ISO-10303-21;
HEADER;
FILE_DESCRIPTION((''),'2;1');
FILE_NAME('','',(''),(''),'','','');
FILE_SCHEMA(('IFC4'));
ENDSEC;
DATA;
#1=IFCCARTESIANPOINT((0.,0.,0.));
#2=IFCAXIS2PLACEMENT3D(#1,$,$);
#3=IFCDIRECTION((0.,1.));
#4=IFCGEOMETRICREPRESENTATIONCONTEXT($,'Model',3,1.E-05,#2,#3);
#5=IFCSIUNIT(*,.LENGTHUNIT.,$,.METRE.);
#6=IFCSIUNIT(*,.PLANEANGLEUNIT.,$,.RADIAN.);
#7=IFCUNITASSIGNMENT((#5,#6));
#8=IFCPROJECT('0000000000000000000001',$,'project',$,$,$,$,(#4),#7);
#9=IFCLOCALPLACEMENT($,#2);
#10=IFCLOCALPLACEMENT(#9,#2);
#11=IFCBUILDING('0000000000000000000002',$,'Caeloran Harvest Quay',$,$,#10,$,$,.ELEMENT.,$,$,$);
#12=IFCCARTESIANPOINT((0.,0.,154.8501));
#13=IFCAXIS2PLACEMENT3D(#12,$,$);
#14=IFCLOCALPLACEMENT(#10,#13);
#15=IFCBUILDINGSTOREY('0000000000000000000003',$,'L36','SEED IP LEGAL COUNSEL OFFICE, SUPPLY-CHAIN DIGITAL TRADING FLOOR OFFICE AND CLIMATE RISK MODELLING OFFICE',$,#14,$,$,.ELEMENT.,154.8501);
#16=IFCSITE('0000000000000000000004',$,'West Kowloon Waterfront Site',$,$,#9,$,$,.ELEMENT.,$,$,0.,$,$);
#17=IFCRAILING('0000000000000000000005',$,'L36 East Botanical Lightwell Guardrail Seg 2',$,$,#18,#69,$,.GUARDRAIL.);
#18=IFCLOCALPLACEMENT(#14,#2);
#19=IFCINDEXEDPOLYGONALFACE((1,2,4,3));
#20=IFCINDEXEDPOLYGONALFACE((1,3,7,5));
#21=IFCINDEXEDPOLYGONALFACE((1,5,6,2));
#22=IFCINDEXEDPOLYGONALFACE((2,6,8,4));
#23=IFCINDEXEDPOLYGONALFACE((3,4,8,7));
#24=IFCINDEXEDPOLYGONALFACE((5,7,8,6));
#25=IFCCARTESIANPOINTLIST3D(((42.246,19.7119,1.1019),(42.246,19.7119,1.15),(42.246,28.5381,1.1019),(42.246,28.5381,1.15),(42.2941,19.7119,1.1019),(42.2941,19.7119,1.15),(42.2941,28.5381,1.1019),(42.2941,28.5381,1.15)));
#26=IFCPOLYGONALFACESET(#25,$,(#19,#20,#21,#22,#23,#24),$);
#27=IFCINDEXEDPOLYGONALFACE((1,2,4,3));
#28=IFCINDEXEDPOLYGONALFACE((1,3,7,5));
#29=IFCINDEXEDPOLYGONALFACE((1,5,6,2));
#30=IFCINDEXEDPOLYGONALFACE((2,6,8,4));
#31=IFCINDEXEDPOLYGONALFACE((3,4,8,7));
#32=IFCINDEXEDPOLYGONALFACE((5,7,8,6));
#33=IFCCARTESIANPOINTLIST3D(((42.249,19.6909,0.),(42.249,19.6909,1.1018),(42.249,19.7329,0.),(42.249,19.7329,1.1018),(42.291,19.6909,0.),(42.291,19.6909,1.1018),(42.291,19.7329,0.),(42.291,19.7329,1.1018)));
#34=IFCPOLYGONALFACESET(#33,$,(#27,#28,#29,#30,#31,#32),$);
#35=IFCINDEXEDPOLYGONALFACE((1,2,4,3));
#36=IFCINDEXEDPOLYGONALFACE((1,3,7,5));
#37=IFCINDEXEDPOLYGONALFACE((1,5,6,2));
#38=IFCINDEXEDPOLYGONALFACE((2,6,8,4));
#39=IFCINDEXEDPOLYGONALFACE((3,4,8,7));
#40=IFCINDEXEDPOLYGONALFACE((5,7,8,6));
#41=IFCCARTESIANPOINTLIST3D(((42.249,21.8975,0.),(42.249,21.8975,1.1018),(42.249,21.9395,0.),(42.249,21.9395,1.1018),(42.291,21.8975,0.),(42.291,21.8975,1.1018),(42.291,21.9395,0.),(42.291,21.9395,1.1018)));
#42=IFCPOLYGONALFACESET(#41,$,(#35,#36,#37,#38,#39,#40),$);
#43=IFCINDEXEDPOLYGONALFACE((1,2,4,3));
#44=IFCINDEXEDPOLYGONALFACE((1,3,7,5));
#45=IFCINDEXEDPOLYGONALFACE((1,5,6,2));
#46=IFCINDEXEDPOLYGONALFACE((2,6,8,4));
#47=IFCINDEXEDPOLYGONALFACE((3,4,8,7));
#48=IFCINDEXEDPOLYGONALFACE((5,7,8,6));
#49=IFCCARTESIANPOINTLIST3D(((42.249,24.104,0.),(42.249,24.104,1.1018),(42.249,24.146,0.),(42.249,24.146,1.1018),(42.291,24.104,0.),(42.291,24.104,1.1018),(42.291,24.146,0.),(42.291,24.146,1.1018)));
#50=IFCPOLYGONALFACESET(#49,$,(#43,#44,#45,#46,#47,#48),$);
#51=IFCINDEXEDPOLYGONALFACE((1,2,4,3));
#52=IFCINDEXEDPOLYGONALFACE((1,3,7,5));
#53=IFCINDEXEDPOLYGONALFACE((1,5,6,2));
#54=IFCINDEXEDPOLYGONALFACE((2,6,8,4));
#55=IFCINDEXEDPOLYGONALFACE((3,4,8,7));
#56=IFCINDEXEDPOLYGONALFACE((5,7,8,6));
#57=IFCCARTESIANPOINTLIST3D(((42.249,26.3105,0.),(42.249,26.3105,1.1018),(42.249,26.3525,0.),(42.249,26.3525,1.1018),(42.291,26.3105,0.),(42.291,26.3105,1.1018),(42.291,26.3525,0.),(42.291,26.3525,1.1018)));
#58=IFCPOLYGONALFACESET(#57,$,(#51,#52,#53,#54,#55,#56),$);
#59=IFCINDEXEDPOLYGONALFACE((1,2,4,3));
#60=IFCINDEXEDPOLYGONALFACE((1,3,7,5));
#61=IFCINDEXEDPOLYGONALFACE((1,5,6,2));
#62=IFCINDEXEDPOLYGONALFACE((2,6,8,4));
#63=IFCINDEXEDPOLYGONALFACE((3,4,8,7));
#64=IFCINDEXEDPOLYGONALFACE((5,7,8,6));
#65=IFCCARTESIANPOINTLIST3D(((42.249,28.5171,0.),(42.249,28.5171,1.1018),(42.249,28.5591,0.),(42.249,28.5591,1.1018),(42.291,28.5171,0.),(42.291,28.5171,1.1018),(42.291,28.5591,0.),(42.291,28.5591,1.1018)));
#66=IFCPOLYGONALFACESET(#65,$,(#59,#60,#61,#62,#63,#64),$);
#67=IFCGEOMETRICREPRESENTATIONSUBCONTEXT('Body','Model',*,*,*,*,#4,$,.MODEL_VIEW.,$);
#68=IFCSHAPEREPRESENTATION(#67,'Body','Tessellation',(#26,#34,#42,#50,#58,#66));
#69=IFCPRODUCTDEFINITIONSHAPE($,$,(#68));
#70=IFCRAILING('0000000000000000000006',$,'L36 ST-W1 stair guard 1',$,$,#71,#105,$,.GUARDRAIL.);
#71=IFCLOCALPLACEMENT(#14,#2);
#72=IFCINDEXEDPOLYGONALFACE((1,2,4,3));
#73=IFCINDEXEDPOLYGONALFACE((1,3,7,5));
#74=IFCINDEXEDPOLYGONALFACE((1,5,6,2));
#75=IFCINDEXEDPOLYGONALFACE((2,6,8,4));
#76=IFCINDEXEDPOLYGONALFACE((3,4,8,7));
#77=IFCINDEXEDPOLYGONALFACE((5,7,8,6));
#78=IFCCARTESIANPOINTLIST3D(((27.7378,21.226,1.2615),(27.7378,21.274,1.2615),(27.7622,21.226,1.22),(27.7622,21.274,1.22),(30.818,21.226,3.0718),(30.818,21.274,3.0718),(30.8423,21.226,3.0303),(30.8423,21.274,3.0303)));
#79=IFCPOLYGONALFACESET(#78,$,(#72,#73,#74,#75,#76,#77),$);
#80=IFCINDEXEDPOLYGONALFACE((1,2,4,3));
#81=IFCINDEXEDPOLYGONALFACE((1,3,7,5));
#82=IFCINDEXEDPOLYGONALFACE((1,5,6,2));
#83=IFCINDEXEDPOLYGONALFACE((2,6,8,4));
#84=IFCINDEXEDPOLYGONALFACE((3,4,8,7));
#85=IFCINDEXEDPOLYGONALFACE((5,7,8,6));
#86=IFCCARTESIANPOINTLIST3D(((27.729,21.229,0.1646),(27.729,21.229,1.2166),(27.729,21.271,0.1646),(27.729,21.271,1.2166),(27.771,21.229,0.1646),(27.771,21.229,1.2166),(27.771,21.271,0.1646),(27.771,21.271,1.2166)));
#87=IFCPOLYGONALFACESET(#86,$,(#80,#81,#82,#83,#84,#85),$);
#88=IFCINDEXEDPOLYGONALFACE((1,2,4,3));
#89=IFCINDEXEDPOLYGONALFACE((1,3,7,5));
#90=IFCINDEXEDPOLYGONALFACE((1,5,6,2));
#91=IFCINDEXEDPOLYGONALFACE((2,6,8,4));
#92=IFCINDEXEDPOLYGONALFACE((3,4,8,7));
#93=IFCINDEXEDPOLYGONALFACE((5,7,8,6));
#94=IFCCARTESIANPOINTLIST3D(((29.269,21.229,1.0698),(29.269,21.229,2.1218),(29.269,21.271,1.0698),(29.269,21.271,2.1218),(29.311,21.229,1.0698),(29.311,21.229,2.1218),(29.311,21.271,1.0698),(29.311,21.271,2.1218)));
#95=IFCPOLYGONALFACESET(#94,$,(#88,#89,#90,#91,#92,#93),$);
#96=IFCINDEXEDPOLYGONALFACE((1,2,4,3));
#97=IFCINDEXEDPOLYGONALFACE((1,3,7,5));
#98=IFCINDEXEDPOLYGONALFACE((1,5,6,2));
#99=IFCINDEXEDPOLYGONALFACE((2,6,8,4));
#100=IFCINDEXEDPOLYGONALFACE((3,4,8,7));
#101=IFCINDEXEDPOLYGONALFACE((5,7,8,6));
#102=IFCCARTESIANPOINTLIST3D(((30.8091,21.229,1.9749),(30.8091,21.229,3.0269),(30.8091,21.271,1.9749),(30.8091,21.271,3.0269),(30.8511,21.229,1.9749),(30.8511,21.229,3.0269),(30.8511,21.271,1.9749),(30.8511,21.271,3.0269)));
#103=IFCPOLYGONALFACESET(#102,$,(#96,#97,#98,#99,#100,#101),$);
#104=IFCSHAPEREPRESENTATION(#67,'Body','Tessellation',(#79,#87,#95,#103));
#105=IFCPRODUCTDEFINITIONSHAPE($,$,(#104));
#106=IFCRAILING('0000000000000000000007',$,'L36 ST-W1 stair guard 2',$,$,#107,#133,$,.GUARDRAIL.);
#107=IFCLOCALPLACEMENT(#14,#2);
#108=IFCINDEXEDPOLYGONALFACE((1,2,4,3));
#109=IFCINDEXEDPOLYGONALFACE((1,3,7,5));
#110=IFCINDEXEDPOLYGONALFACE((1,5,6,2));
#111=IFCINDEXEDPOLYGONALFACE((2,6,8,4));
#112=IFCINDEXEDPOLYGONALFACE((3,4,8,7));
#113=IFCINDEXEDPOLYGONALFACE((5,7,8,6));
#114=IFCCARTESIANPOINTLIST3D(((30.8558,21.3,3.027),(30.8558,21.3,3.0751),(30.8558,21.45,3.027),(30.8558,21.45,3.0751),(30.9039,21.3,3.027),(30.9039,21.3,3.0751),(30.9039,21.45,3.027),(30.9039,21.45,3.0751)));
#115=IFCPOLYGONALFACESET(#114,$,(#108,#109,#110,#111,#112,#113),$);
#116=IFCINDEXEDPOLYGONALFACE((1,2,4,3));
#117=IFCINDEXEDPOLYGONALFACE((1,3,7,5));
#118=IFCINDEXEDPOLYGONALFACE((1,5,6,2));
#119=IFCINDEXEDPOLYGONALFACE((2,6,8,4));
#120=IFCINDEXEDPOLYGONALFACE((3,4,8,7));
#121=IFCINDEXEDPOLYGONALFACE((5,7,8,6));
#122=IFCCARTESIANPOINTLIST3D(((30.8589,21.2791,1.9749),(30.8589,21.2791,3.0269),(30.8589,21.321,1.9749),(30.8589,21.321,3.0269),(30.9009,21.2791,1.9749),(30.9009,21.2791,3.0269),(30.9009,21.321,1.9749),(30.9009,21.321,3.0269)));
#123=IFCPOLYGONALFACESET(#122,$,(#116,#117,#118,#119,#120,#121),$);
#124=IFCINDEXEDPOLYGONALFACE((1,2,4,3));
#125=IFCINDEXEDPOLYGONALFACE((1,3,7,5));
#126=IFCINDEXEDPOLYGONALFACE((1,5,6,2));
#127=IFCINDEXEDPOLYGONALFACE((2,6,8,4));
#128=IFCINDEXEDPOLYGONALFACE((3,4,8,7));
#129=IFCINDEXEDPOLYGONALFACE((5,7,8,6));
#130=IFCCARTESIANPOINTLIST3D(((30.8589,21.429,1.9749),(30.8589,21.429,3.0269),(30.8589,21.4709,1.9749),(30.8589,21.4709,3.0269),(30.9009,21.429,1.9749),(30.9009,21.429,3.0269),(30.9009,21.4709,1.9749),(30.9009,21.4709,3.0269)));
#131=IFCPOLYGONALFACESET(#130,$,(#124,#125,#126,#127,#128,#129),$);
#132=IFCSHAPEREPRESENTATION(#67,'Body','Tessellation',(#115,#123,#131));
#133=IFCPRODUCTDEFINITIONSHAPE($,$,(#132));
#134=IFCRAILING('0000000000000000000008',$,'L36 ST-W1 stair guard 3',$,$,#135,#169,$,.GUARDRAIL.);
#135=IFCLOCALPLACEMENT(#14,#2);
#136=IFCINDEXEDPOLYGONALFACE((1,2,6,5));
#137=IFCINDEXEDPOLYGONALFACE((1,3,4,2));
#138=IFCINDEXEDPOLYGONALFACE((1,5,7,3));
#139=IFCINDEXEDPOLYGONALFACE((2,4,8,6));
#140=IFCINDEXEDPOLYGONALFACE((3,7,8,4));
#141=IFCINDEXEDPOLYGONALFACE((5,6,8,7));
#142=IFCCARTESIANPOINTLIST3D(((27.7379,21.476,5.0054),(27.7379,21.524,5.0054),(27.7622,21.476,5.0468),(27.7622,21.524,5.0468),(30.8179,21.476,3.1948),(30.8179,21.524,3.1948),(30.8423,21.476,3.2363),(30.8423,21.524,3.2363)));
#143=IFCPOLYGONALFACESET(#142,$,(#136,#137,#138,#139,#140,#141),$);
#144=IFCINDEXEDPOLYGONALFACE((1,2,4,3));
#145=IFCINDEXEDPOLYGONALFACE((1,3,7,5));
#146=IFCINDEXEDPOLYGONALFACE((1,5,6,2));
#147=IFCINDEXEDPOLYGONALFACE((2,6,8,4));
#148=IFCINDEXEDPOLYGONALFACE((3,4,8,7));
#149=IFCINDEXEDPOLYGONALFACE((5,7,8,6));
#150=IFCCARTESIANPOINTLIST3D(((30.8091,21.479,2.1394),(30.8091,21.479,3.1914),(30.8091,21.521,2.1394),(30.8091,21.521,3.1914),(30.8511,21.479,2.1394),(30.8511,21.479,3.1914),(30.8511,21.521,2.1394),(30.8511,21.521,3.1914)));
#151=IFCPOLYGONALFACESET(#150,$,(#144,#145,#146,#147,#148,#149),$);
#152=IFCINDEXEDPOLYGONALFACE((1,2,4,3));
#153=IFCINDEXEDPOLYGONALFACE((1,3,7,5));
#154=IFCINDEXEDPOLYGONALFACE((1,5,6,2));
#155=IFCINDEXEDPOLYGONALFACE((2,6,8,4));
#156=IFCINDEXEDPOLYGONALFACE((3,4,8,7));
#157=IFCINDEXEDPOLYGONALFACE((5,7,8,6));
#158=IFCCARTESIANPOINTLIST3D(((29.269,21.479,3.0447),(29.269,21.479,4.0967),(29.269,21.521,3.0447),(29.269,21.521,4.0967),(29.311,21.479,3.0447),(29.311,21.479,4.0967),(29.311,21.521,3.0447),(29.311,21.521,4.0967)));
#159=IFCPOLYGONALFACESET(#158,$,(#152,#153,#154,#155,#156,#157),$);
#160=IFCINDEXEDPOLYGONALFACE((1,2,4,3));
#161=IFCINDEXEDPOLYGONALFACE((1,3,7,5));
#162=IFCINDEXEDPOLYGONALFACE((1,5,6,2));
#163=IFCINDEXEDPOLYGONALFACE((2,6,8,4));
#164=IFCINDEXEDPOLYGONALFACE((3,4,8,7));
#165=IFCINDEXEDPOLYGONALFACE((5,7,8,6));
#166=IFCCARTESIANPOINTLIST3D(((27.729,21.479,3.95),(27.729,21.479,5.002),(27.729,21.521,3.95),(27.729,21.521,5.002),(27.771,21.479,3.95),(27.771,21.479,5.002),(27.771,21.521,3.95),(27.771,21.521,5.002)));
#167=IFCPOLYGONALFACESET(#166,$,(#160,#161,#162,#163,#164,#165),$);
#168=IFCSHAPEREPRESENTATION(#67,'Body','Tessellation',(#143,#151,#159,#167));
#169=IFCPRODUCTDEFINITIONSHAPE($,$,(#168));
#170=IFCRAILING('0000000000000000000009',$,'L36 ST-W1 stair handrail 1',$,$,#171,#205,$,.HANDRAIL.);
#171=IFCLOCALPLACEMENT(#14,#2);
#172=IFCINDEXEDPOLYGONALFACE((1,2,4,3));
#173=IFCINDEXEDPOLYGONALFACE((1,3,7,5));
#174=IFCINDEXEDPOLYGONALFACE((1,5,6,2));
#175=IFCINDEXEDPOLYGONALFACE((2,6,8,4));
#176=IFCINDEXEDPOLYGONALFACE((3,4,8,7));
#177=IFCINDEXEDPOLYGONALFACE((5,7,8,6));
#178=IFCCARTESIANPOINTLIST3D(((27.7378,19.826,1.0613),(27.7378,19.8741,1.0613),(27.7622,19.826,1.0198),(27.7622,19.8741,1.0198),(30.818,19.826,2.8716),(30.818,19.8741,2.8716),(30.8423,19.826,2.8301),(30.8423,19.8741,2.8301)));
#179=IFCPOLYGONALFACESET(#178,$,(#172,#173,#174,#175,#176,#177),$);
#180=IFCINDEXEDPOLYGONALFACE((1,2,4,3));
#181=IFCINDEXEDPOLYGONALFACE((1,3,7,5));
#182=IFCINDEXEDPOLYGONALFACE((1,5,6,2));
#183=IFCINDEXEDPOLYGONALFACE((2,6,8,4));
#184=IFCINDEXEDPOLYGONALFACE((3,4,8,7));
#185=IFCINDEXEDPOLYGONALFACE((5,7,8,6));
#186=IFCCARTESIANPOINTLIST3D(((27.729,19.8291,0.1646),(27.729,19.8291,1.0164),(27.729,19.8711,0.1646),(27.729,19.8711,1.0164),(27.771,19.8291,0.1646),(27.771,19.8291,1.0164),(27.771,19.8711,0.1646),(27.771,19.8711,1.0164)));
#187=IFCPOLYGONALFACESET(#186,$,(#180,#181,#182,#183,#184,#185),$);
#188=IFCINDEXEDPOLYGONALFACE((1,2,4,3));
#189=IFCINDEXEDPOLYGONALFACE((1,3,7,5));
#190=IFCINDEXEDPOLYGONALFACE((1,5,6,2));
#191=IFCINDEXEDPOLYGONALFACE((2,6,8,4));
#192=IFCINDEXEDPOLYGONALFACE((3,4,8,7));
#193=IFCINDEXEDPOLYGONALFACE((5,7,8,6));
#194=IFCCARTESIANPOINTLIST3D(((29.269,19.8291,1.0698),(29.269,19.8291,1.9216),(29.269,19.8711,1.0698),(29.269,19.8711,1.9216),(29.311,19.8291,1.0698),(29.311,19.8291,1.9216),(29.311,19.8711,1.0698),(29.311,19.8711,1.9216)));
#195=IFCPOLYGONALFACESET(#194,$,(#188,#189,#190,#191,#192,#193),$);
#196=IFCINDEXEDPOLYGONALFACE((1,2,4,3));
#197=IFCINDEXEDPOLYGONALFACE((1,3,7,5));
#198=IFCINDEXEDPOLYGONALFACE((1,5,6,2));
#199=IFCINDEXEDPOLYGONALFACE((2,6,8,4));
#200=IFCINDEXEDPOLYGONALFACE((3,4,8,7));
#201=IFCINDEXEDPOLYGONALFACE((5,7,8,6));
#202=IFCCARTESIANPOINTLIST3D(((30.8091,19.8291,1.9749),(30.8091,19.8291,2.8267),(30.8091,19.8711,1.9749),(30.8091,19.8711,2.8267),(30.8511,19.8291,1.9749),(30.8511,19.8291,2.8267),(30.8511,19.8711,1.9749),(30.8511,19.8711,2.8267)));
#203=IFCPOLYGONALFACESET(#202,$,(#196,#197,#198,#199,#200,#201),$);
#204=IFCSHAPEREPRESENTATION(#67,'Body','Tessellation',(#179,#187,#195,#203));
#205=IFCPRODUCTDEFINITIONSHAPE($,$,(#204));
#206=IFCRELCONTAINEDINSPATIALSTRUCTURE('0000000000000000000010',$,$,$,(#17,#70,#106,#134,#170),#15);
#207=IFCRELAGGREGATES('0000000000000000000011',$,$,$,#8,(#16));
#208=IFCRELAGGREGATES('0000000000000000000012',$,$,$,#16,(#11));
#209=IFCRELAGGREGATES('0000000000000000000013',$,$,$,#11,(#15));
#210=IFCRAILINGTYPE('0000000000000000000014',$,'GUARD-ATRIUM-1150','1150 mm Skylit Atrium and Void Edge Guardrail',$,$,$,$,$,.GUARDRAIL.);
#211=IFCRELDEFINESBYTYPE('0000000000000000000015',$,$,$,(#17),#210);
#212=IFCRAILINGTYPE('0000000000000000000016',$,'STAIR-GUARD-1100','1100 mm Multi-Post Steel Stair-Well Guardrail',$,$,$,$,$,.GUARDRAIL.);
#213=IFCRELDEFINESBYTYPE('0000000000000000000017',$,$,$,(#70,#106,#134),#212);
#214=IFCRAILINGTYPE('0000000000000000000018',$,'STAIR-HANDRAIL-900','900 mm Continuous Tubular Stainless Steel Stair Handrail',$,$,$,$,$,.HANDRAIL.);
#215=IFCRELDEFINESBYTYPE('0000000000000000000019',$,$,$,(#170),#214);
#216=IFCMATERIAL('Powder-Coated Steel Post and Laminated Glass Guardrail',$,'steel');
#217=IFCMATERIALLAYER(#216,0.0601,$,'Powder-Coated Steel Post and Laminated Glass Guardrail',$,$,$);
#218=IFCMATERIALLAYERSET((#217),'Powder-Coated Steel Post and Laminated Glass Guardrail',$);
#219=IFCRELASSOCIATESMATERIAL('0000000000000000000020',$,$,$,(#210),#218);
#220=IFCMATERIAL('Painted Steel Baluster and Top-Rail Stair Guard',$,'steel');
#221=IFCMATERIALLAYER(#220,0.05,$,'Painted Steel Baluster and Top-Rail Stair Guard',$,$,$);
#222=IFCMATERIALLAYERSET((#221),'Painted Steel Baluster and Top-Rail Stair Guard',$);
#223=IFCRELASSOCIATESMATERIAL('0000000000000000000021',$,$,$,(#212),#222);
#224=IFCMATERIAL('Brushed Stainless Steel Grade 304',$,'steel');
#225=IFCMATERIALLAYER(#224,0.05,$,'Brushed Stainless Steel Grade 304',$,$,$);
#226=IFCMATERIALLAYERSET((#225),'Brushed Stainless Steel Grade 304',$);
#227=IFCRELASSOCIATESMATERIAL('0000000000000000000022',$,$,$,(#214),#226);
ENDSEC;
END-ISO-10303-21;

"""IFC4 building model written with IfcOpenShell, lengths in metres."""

from ifc_helpers import new_model, si_unit, direction, frame, origin, origin_2d, place, context, subcontext, project, spatial, rectangle, extrude, material, layer, layer_set, type_object, element, save


model = new_model("IFC4")

# Units and contexts
model_context = context("Model", 3, precision=1e-05, world=origin(), true_north=direction((0.0, 1.0)))
body_context = subcontext(model_context, "Body", "Model", "MODEL_VIEW")
ifc_project = project(units=[si_unit("LENGTHUNIT", "METRE"), si_unit("PLANEANGLEUNIT", "RADIAN")], contexts=[model_context])

# Site, building, storey
site_placement = place(None, origin())
site = spatial("IfcSite", under=ifc_project, at=site_placement, Name="West Kowloon Waterfront Site", CompositionType="ELEMENT", RefElevation=0.0)
building_placement = place(site_placement, origin())
building = spatial("IfcBuilding", under=site, at=building_placement, Name="Caeloran Harvest Quay", CompositionType="ELEMENT")
storey_placement = place(building_placement, frame((0.0, 0.0, 154.8501)))
storey = spatial("IfcBuildingStorey", under=building, at=storey_placement, Name="L36", Description="SEED IP LEGAL COUNSEL OFFICE, SUPPLY-CHAIN DIGITAL TRADING FLOOR OFFICE AND CLIMATE RISK MODELLING OFFICE", CompositionType="ELEMENT", Elevation=154.8501)

# Railings
ifc_material_1 = material(Name="Powder-Coated Steel Post and Laminated Glass Guardrail", Category="steel")
ifc_layer_1 = layer(ifc_material_1, 0.0601, Name="Powder-Coated Steel Post and Laminated Glass Guardrail")
ifc_layer_set_1 = layer_set([ifc_layer_1], Name="Powder-Coated Steel Post and Laminated Glass Guardrail")
railing_type_1 = type_object("IfcRailingType", Name="GUARD-ATRIUM-1150", Description="1150 mm Skylit Atrium and Void Edge Guardrail", PredefinedType="GUARDRAIL", material=ifc_layer_set_1)
railing_1_placement = place(storey_placement, frame((42.27, 19.7119, 0.0)))
element("IfcRailing", 1, at=railing_1_placement, inside=storey, type_object=railing_type_1, Name="L36 East Botanical Lightwell Guardrail Seg 2", PredefinedType="GUARDRAIL", context=body_context, shape_type="SweptSolid", body=[
    extrude(rectangle(XDim=0.0481, YDim=0.0481, at=origin_2d()), frame((0.0, 0.0, 1.126), z_axis=(0.0, 1.0, 0.0), x_axis=(-1.0, 0.0, 0.0)), (0.0, 0.0, 1.0), 8.8262),
    extrude(rectangle(XDim=0.042, YDim=0.042, at=origin_2d()), origin(), (0.0, 0.0, 1.0), 1.1018),
    extrude(rectangle(XDim=0.042, YDim=0.042, at=origin_2d()), frame((0.0, 2.2065, 0.0)), (0.0, 0.0, 1.0), 1.1018),
    extrude(rectangle(XDim=0.042, YDim=0.042, at=origin_2d()), frame((0.0, 4.4131, 0.0)), (0.0, 0.0, 1.0), 1.1018),
    extrude(rectangle(XDim=0.042, YDim=0.042, at=origin_2d()), frame((0.0, 6.6196, 0.0)), (0.0, 0.0, 1.0), 1.1018),
    extrude(rectangle(XDim=0.042, YDim=0.042, at=origin_2d()), frame((0.0, 8.8262, 0.0)), (0.0, 0.0, 1.0), 1.1018),
])
ifc_material_2 = material(Name="Painted Steel Baluster and Top-Rail Stair Guard", Category="steel")
ifc_layer_2 = layer(ifc_material_2, 0.05, Name="Painted Steel Baluster and Top-Rail Stair Guard")
ifc_layer_set_2 = layer_set([ifc_layer_2], Name="Painted Steel Baluster and Top-Rail Stair Guard")
railing_type_2 = type_object("IfcRailingType", Name="STAIR-GUARD-1100", Description="1100 mm Multi-Post Steel Stair-Well Guardrail", PredefinedType="GUARDRAIL", material=ifc_layer_set_2)
railing_2_placement = place(storey_placement, frame((27.75, 21.25, 0.1646)))
element("IfcRailing", 2, at=railing_2_placement, inside=storey, type_object=railing_type_2, Name="L36 ST-W1 stair guard 1", PredefinedType="GUARDRAIL", context=body_context, shape_type="SweptSolid", body=[
    extrude(rectangle(XDim=0.0481, YDim=0.0481, at=origin_2d()), frame((0.0, 0.0, 1.0762), z_axis=(0.862119, 0.0, 0.506707), x_axis=(0.0, 1.0, 0.0)), (0.0, 0.0, 1.0), 3.5728),
    extrude(rectangle(XDim=0.042, YDim=0.042, at=origin_2d()), origin(), (0.0, 0.0, 1.0), 1.052),
    extrude(rectangle(XDim=0.042, YDim=0.042, at=origin_2d()), frame((1.54, 0.0, 0.9053)), (0.0, 0.0, 1.0), 1.052),
    extrude(rectangle(XDim=0.042, YDim=0.042, at=origin_2d()), frame((3.0801, 0.0, 1.8103)), (0.0, 0.0, 1.0), 1.052),
])
railing_3_placement = place(storey_placement, frame((30.8799, 21.3, 1.9749)))
element("IfcRailing", 3, at=railing_3_placement, inside=storey, type_object=railing_type_2, Name="L36 ST-W1 stair guard 2", PredefinedType="GUARDRAIL", context=body_context, shape_type="SweptSolid", body=[
    extrude(rectangle(XDim=0.0481, YDim=0.0481, at=origin_2d()), frame((0.0, 0.0, 1.0762), z_axis=(0.0, 1.0, 0.0), x_axis=(-1.0, 0.0, 0.0)), (0.0, 0.0, 1.0), 0.1499),
    extrude(rectangle(XDim=0.042, YDim=0.042, at=origin_2d()), origin(), (0.0, 0.0, 1.0), 1.052),
    extrude(rectangle(XDim=0.042, YDim=0.042, at=origin_2d()), frame((0.0, 0.1499, 0.0)), (0.0, 0.0, 1.0), 1.052),
])
railing_4_placement = place(storey_placement, frame((30.8301, 21.5, 2.1394)))
element("IfcRailing", 4, at=railing_4_placement, inside=storey, type_object=railing_type_2, Name="L36 ST-W1 stair guard 3", PredefinedType="GUARDRAIL", context=body_context, shape_type="SweptSolid", body=[
    extrude(rectangle(XDim=0.0481, YDim=0.0481, at=origin_2d()), frame((0.0, 0.0, 1.0762), z_axis=(-0.862089, 0.0, 0.506757), x_axis=(0.0, -1.0, 0.0)), (0.0, 0.0, 1.0), 3.5728),
    extrude(rectangle(XDim=0.042, YDim=0.042, at=origin_2d()), origin(), (0.0, 0.0, 1.0), 1.052),
    extrude(rectangle(XDim=0.042, YDim=0.042, at=origin_2d()), frame((-1.54, 0.0, 0.9053)), (0.0, 0.0, 1.0), 1.052),
    extrude(rectangle(XDim=0.042, YDim=0.042, at=origin_2d()), frame((-3.0801, 0.0, 1.8105)), (0.0, 0.0, 1.0), 1.052),
])
ifc_material_3 = material(Name="Brushed Stainless Steel Grade 304", Category="steel")
ifc_layer_3 = layer(ifc_material_3, 0.05, Name="Brushed Stainless Steel Grade 304")
ifc_layer_set_3 = layer_set([ifc_layer_3], Name="Brushed Stainless Steel Grade 304")
railing_type_3 = type_object("IfcRailingType", Name="STAIR-HANDRAIL-900", Description="900 mm Continuous Tubular Stainless Steel Stair Handrail", PredefinedType="HANDRAIL", material=ifc_layer_set_3)
railing_5_placement = place(storey_placement, frame((27.75, 19.8501, 0.1646)))
element("IfcRailing", 5, at=railing_5_placement, inside=storey, type_object=railing_type_3, Name="L36 ST-W1 stair handrail 1", PredefinedType="HANDRAIL", context=body_context, shape_type="SweptSolid", body=[
    extrude(rectangle(XDim=0.0481, YDim=0.0481, at=origin_2d()), frame((0.0, 0.0, 0.876), z_axis=(0.862119, 0.0, 0.506707), x_axis=(0.0, 1.0, 0.0)), (0.0, 0.0, 1.0), 3.5728),
    extrude(rectangle(XDim=0.042, YDim=0.042, at=origin_2d()), origin(), (0.0, 0.0, 1.0), 0.8518),
    extrude(rectangle(XDim=0.042, YDim=0.042, at=origin_2d()), frame((1.54, 0.0, 0.9053)), (0.0, 0.0, 1.0), 0.8518),
    extrude(rectangle(XDim=0.042, YDim=0.042, at=origin_2d()), frame((3.0801, 0.0, 1.8103)), (0.0, 0.0, 1.0), 0.8518),
])

save(model, "model.ifc")
